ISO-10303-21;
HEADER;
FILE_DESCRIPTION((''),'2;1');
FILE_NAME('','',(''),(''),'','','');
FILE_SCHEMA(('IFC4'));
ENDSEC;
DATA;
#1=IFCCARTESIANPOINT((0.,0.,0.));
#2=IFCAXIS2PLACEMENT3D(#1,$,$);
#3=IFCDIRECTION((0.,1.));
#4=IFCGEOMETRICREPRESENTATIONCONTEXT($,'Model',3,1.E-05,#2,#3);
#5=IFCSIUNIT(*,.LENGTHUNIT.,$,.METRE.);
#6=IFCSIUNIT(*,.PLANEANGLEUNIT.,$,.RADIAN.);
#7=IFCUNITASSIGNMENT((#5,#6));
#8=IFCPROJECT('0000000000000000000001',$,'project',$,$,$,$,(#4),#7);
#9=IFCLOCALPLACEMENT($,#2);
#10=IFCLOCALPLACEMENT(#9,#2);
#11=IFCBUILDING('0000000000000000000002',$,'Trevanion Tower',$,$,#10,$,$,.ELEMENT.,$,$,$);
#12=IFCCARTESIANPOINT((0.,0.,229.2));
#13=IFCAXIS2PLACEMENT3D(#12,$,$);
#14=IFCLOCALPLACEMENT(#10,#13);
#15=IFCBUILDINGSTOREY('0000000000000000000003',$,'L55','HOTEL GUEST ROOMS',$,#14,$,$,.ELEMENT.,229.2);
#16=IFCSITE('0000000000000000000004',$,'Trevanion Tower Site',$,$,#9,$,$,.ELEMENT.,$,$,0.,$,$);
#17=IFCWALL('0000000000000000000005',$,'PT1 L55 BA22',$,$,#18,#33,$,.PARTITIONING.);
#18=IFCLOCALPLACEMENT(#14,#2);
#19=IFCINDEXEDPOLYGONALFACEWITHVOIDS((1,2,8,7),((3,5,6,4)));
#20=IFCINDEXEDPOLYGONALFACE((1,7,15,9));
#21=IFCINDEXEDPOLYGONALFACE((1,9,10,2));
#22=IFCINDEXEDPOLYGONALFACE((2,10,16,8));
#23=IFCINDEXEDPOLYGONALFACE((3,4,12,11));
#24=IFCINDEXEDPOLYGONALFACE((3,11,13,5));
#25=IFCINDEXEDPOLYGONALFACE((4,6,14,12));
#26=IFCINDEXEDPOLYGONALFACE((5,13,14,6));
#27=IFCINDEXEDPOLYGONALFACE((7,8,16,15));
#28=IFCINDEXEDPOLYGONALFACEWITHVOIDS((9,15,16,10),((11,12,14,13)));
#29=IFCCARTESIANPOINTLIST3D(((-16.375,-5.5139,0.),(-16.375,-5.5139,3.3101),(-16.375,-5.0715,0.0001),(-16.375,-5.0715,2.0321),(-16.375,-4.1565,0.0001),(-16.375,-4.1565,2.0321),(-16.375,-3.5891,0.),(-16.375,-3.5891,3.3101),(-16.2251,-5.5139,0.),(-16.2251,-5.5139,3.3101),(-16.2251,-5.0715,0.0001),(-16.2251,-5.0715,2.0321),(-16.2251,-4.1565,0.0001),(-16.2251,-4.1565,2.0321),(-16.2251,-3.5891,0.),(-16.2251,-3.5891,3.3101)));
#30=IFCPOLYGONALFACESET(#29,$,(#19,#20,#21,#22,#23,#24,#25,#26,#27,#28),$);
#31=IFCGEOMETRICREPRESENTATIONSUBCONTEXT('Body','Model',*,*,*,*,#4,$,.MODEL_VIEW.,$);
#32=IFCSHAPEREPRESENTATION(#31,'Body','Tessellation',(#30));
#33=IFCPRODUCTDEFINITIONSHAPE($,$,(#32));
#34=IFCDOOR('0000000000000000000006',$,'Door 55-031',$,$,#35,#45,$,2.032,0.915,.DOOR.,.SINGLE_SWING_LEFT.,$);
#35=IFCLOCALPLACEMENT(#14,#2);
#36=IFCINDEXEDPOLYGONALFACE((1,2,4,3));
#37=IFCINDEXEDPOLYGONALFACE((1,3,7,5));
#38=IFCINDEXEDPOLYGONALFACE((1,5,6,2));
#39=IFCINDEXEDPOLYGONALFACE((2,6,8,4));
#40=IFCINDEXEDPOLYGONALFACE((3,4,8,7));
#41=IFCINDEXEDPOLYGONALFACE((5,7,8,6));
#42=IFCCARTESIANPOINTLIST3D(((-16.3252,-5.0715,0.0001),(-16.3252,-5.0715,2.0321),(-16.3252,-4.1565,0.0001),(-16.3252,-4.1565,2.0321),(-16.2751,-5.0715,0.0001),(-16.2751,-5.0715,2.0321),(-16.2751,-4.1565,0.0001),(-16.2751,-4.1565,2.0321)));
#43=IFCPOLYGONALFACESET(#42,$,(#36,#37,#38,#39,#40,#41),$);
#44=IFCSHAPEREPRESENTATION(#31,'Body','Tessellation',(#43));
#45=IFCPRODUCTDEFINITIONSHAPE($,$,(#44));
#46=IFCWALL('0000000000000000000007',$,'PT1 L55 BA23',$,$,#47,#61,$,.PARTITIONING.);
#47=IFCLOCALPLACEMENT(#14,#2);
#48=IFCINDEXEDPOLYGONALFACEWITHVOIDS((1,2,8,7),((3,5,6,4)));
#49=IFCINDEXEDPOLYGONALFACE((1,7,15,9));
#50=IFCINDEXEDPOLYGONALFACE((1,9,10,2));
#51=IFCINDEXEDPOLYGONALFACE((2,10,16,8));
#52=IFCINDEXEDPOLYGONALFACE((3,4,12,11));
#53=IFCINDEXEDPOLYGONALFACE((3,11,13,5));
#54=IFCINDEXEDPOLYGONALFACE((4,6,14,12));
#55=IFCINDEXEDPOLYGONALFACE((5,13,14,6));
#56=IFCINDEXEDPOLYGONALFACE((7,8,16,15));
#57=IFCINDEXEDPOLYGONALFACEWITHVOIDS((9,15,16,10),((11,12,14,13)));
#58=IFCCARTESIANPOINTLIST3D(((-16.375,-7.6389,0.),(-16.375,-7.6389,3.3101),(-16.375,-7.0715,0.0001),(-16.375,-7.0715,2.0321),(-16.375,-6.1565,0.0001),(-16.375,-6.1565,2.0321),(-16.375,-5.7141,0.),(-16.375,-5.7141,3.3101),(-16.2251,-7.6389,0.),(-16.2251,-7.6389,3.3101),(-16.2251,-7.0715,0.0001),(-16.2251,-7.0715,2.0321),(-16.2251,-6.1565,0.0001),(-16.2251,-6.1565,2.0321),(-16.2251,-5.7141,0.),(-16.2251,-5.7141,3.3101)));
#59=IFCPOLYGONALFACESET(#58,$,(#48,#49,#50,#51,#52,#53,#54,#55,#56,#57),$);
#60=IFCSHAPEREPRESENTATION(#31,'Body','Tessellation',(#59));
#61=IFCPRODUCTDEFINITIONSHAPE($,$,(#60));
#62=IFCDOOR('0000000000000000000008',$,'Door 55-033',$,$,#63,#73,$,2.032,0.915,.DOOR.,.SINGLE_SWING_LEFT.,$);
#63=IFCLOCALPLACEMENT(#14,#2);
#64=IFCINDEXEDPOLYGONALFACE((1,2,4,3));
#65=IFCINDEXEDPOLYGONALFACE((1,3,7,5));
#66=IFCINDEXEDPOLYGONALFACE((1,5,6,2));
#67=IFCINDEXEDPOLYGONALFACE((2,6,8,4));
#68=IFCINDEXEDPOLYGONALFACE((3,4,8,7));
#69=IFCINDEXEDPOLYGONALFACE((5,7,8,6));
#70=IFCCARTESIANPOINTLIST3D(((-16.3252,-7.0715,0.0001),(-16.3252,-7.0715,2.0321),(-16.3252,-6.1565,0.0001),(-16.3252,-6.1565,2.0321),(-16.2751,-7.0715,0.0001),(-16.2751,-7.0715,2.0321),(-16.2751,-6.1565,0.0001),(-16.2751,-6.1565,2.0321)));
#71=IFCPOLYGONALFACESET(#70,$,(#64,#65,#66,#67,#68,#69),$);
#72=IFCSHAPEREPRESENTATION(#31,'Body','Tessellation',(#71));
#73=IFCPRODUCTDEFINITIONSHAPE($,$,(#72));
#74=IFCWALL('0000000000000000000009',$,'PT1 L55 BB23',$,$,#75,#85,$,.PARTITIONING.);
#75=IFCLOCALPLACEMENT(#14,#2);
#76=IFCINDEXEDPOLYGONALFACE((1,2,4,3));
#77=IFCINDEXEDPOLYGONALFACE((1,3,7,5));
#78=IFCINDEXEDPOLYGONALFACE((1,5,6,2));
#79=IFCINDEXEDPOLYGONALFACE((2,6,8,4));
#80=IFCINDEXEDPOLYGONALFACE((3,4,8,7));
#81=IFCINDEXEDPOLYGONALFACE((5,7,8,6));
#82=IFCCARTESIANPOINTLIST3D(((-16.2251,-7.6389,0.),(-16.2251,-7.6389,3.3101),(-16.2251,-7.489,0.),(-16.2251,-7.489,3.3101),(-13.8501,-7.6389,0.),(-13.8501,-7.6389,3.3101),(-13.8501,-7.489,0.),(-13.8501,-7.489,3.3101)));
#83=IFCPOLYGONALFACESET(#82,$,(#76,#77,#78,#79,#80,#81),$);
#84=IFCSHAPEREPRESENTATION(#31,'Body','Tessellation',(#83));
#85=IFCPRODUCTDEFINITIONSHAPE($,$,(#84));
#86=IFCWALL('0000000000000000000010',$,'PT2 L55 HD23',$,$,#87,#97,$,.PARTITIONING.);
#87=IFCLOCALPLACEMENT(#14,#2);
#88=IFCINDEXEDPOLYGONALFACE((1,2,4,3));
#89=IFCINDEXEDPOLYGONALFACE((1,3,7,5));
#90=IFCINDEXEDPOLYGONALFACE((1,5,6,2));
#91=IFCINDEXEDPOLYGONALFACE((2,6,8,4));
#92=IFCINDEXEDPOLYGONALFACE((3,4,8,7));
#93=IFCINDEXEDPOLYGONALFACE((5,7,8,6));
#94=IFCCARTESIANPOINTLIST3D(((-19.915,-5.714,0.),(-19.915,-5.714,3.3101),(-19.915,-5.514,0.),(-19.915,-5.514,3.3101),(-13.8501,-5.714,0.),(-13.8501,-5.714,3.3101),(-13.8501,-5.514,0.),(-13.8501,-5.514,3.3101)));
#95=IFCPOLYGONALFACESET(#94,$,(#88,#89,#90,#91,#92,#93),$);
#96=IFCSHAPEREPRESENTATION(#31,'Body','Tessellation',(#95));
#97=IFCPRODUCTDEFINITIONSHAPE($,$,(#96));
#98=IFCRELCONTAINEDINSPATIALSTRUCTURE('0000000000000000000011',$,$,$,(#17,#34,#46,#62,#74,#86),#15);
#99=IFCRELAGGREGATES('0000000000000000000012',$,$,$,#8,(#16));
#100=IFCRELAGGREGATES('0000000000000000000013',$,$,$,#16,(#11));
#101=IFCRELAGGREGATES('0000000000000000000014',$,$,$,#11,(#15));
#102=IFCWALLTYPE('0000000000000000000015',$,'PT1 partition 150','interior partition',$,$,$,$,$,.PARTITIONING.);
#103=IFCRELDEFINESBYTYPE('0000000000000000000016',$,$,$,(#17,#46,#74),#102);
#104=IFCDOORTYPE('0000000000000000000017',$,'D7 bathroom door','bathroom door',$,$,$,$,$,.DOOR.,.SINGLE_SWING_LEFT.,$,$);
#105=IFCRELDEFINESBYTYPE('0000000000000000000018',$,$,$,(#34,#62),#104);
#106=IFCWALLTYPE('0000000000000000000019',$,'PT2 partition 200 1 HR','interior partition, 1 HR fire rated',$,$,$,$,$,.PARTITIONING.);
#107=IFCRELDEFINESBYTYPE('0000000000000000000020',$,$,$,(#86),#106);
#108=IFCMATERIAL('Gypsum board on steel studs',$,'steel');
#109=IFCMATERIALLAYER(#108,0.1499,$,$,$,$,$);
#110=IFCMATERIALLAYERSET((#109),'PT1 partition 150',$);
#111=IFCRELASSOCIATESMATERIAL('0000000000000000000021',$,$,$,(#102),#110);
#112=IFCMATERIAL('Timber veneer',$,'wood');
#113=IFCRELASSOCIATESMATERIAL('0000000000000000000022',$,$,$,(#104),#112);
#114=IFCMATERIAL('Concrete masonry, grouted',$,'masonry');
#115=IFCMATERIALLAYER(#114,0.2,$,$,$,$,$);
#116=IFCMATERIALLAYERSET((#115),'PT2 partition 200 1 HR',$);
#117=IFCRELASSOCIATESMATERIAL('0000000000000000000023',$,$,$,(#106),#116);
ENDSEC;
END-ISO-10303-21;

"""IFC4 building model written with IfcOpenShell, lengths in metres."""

from ifc_helpers import new_model, si_unit, direction, frame, frame_2d, origin, place, context, subcontext, project, spatial, rectangle, extrude, material, layer, layer_set, type_object, element, fill, save


model = new_model("IFC4")

# Units and contexts
model_context = context("Model", 3, precision=1e-05, world=origin(), true_north=direction((0.0, 1.0)))
body_context = subcontext(model_context, "Body", "Model", "MODEL_VIEW")
ifc_project = project(units=[si_unit("LENGTHUNIT", "METRE"), si_unit("PLANEANGLEUNIT", "RADIAN")], contexts=[model_context])

# Site, building, storey
site_placement = place(None, origin())
site = spatial("IfcSite", under=ifc_project, at=site_placement, Name="Trevanion Tower Site", CompositionType="ELEMENT", RefElevation=0.0)
building_placement = place(site_placement, origin())
building = spatial("IfcBuilding", under=site, at=building_placement, Name="Trevanion Tower", CompositionType="ELEMENT")
storey_placement = place(building_placement, frame((0.0, 0.0, 229.2)))
storey = spatial("IfcBuildingStorey", under=building, at=storey_placement, Name="L55", Description="HOTEL GUEST ROOMS", CompositionType="ELEMENT", Elevation=229.2)

# Walls, openings, doors
ifc_material_1 = material(Name="Gypsum board on steel studs", Category="steel")
ifc_layer_1 = layer(ifc_material_1, 0.1499)
ifc_layer_set_1 = layer_set([ifc_layer_1], Name="PT1 partition 150")
wall_type_1 = type_object("IfcWallType", Name="PT1 partition 150", Description="interior partition", PredefinedType="PARTITIONING", material=ifc_layer_set_1)
wall_1_placement = place(storey_placement, frame((-16.3, -3.5891, 0.0), z_axis=(0.0, 0.0, 1.0), x_axis=(0.0, -1.0, 0.0)))
wall_1 = element("IfcWall", 1, at=wall_1_placement, inside=storey, type_object=wall_type_1, Name="PT1 L55 BA22", PredefinedType="PARTITIONING", context=body_context, shape_type="SweptSolid", body=[
    extrude(rectangle(XDim=1.9248, YDim=0.1499, at=frame_2d((0.9624, 0.0))), origin(), (0.0, 0.0, 1.0), 3.3101),
])
opening_1_placement = place(wall_1_placement, frame((0.5674, 0.0, 0.0)))
opening_1 = element("IfcOpeningElement", 2, at=opening_1_placement, cuts=wall_1, PredefinedType="OPENING", context=body_context, shape_type="SweptSolid", body=[
    extrude(rectangle(XDim=0.915, YDim=2.032, at=frame_2d((0.4575, 1.0161))), frame((0.0, 0.085, 0.0), z_axis=(0.0, -1.0, 0.0), x_axis=(1.0, 0.0, 0.0)), (0.0, 0.0, 1.0), 0.1699),
])
ifc_material_2 = material(Name="Timber veneer", Category="wood")
door_type = type_object("IfcDoorType", Name="D7 bathroom door", Description="bathroom door", OperationType="SINGLE_SWING_LEFT", PredefinedType="DOOR", material=ifc_material_2)
door_1_placement = place(opening_1_placement, origin())
door_1 = element("IfcDoor", 3, at=door_1_placement, inside=storey, type_object=door_type, Name="Door 55-031", OperationType="SINGLE_SWING_LEFT", OverallHeight=2.032, OverallWidth=0.915, PredefinedType="DOOR", context=body_context, shape_type="SweptSolid", body=[
    extrude(rectangle(XDim=0.915, YDim=2.032, at=frame_2d((0.4575, 1.0161))), frame((0.0, 0.0249, 0.0), z_axis=(0.0, -1.0, 0.0), x_axis=(1.0, 0.0, 0.0)), (0.0, 0.0, 1.0), 0.05),
])
fill(opening_1, door_1)
wall_2_placement = place(storey_placement, frame((-16.3, -5.7141, 0.0), z_axis=(0.0, 0.0, 1.0), x_axis=(0.0, -1.0, 0.0)))
wall_2 = element("IfcWall", 4, at=wall_2_placement, inside=storey, type_object=wall_type_1, Name="PT1 L55 BA23", PredefinedType="PARTITIONING", context=body_context, shape_type="SweptSolid", body=[
    extrude(rectangle(XDim=1.9248, YDim=0.1499, at=frame_2d((0.9624, 0.0))), origin(), (0.0, 0.0, 1.0), 3.3101),
])
opening_2_placement = place(wall_2_placement, frame((0.4424, 0.0, 0.0)))
opening_2 = element("IfcOpeningElement", 5, at=opening_2_placement, cuts=wall_2, PredefinedType="OPENING", context=body_context, shape_type="SweptSolid", body=[
    extrude(rectangle(XDim=0.915, YDim=2.032, at=frame_2d((0.4575, 1.0161))), frame((0.0, 0.085, 0.0), z_axis=(0.0, -1.0, 0.0), x_axis=(1.0, 0.0, 0.0)), (0.0, 0.0, 1.0), 0.1699),
])
door_2_placement = place(opening_2_placement, origin())
door_2 = element("IfcDoor", 6, at=door_2_placement, inside=storey, type_object=door_type, Name="Door 55-033", OperationType="SINGLE_SWING_LEFT", OverallHeight=2.032, OverallWidth=0.915, PredefinedType="DOOR", context=body_context, shape_type="SweptSolid", body=[
    extrude(rectangle(XDim=0.915, YDim=2.032, at=frame_2d((0.4575, 1.0161))), frame((0.0, 0.0249, 0.0), z_axis=(0.0, -1.0, 0.0), x_axis=(1.0, 0.0, 0.0)), (0.0, 0.0, 1.0), 0.05),
])
fill(opening_2, door_2)

# Walls
wall_3_placement = place(storey_placement, frame((-13.8501, -7.564, 0.0), z_axis=(0.0, 0.0, 1.0), x_axis=(-1.0, 0.0, 0.0)))
element("IfcWall", 7, at=wall_3_placement, inside=storey, type_object=wall_type_1, Name="PT1 L55 BB23", PredefinedType="PARTITIONING", context=body_context, shape_type="SweptSolid", body=[
    extrude(rectangle(XDim=2.375, YDim=0.1499, at=frame_2d((1.1875, 0.0))), origin(), (0.0, 0.0, 1.0), 3.3101),
])
ifc_material_3 = material(Name="Concrete masonry, grouted", Category="masonry")
ifc_layer_2 = layer(ifc_material_3, 0.2)
ifc_layer_set_2 = layer_set([ifc_layer_2], Name="PT2 partition 200 1 HR")
wall_type_2 = type_object("IfcWallType", Name="PT2 partition 200 1 HR", Description="interior partition, 1 HR fire rated", PredefinedType="PARTITIONING", material=ifc_layer_set_2)
wall_4_placement = place(storey_placement, frame((-13.8501, -5.614, 0.0), z_axis=(0.0, 0.0, 1.0), x_axis=(-1.0, 0.0, 0.0)))
element("IfcWall", 8, at=wall_4_placement, inside=storey, type_object=wall_type_2, Name="PT2 L55 HD23", PredefinedType="PARTITIONING", context=body_context, shape_type="SweptSolid", body=[
    extrude(rectangle(XDim=6.0649, YDim=0.2, at=frame_2d((3.0325, 0.0))), origin(), (0.0, 0.0, 1.0), 3.3101),
])

save(model, "model.ifc")
